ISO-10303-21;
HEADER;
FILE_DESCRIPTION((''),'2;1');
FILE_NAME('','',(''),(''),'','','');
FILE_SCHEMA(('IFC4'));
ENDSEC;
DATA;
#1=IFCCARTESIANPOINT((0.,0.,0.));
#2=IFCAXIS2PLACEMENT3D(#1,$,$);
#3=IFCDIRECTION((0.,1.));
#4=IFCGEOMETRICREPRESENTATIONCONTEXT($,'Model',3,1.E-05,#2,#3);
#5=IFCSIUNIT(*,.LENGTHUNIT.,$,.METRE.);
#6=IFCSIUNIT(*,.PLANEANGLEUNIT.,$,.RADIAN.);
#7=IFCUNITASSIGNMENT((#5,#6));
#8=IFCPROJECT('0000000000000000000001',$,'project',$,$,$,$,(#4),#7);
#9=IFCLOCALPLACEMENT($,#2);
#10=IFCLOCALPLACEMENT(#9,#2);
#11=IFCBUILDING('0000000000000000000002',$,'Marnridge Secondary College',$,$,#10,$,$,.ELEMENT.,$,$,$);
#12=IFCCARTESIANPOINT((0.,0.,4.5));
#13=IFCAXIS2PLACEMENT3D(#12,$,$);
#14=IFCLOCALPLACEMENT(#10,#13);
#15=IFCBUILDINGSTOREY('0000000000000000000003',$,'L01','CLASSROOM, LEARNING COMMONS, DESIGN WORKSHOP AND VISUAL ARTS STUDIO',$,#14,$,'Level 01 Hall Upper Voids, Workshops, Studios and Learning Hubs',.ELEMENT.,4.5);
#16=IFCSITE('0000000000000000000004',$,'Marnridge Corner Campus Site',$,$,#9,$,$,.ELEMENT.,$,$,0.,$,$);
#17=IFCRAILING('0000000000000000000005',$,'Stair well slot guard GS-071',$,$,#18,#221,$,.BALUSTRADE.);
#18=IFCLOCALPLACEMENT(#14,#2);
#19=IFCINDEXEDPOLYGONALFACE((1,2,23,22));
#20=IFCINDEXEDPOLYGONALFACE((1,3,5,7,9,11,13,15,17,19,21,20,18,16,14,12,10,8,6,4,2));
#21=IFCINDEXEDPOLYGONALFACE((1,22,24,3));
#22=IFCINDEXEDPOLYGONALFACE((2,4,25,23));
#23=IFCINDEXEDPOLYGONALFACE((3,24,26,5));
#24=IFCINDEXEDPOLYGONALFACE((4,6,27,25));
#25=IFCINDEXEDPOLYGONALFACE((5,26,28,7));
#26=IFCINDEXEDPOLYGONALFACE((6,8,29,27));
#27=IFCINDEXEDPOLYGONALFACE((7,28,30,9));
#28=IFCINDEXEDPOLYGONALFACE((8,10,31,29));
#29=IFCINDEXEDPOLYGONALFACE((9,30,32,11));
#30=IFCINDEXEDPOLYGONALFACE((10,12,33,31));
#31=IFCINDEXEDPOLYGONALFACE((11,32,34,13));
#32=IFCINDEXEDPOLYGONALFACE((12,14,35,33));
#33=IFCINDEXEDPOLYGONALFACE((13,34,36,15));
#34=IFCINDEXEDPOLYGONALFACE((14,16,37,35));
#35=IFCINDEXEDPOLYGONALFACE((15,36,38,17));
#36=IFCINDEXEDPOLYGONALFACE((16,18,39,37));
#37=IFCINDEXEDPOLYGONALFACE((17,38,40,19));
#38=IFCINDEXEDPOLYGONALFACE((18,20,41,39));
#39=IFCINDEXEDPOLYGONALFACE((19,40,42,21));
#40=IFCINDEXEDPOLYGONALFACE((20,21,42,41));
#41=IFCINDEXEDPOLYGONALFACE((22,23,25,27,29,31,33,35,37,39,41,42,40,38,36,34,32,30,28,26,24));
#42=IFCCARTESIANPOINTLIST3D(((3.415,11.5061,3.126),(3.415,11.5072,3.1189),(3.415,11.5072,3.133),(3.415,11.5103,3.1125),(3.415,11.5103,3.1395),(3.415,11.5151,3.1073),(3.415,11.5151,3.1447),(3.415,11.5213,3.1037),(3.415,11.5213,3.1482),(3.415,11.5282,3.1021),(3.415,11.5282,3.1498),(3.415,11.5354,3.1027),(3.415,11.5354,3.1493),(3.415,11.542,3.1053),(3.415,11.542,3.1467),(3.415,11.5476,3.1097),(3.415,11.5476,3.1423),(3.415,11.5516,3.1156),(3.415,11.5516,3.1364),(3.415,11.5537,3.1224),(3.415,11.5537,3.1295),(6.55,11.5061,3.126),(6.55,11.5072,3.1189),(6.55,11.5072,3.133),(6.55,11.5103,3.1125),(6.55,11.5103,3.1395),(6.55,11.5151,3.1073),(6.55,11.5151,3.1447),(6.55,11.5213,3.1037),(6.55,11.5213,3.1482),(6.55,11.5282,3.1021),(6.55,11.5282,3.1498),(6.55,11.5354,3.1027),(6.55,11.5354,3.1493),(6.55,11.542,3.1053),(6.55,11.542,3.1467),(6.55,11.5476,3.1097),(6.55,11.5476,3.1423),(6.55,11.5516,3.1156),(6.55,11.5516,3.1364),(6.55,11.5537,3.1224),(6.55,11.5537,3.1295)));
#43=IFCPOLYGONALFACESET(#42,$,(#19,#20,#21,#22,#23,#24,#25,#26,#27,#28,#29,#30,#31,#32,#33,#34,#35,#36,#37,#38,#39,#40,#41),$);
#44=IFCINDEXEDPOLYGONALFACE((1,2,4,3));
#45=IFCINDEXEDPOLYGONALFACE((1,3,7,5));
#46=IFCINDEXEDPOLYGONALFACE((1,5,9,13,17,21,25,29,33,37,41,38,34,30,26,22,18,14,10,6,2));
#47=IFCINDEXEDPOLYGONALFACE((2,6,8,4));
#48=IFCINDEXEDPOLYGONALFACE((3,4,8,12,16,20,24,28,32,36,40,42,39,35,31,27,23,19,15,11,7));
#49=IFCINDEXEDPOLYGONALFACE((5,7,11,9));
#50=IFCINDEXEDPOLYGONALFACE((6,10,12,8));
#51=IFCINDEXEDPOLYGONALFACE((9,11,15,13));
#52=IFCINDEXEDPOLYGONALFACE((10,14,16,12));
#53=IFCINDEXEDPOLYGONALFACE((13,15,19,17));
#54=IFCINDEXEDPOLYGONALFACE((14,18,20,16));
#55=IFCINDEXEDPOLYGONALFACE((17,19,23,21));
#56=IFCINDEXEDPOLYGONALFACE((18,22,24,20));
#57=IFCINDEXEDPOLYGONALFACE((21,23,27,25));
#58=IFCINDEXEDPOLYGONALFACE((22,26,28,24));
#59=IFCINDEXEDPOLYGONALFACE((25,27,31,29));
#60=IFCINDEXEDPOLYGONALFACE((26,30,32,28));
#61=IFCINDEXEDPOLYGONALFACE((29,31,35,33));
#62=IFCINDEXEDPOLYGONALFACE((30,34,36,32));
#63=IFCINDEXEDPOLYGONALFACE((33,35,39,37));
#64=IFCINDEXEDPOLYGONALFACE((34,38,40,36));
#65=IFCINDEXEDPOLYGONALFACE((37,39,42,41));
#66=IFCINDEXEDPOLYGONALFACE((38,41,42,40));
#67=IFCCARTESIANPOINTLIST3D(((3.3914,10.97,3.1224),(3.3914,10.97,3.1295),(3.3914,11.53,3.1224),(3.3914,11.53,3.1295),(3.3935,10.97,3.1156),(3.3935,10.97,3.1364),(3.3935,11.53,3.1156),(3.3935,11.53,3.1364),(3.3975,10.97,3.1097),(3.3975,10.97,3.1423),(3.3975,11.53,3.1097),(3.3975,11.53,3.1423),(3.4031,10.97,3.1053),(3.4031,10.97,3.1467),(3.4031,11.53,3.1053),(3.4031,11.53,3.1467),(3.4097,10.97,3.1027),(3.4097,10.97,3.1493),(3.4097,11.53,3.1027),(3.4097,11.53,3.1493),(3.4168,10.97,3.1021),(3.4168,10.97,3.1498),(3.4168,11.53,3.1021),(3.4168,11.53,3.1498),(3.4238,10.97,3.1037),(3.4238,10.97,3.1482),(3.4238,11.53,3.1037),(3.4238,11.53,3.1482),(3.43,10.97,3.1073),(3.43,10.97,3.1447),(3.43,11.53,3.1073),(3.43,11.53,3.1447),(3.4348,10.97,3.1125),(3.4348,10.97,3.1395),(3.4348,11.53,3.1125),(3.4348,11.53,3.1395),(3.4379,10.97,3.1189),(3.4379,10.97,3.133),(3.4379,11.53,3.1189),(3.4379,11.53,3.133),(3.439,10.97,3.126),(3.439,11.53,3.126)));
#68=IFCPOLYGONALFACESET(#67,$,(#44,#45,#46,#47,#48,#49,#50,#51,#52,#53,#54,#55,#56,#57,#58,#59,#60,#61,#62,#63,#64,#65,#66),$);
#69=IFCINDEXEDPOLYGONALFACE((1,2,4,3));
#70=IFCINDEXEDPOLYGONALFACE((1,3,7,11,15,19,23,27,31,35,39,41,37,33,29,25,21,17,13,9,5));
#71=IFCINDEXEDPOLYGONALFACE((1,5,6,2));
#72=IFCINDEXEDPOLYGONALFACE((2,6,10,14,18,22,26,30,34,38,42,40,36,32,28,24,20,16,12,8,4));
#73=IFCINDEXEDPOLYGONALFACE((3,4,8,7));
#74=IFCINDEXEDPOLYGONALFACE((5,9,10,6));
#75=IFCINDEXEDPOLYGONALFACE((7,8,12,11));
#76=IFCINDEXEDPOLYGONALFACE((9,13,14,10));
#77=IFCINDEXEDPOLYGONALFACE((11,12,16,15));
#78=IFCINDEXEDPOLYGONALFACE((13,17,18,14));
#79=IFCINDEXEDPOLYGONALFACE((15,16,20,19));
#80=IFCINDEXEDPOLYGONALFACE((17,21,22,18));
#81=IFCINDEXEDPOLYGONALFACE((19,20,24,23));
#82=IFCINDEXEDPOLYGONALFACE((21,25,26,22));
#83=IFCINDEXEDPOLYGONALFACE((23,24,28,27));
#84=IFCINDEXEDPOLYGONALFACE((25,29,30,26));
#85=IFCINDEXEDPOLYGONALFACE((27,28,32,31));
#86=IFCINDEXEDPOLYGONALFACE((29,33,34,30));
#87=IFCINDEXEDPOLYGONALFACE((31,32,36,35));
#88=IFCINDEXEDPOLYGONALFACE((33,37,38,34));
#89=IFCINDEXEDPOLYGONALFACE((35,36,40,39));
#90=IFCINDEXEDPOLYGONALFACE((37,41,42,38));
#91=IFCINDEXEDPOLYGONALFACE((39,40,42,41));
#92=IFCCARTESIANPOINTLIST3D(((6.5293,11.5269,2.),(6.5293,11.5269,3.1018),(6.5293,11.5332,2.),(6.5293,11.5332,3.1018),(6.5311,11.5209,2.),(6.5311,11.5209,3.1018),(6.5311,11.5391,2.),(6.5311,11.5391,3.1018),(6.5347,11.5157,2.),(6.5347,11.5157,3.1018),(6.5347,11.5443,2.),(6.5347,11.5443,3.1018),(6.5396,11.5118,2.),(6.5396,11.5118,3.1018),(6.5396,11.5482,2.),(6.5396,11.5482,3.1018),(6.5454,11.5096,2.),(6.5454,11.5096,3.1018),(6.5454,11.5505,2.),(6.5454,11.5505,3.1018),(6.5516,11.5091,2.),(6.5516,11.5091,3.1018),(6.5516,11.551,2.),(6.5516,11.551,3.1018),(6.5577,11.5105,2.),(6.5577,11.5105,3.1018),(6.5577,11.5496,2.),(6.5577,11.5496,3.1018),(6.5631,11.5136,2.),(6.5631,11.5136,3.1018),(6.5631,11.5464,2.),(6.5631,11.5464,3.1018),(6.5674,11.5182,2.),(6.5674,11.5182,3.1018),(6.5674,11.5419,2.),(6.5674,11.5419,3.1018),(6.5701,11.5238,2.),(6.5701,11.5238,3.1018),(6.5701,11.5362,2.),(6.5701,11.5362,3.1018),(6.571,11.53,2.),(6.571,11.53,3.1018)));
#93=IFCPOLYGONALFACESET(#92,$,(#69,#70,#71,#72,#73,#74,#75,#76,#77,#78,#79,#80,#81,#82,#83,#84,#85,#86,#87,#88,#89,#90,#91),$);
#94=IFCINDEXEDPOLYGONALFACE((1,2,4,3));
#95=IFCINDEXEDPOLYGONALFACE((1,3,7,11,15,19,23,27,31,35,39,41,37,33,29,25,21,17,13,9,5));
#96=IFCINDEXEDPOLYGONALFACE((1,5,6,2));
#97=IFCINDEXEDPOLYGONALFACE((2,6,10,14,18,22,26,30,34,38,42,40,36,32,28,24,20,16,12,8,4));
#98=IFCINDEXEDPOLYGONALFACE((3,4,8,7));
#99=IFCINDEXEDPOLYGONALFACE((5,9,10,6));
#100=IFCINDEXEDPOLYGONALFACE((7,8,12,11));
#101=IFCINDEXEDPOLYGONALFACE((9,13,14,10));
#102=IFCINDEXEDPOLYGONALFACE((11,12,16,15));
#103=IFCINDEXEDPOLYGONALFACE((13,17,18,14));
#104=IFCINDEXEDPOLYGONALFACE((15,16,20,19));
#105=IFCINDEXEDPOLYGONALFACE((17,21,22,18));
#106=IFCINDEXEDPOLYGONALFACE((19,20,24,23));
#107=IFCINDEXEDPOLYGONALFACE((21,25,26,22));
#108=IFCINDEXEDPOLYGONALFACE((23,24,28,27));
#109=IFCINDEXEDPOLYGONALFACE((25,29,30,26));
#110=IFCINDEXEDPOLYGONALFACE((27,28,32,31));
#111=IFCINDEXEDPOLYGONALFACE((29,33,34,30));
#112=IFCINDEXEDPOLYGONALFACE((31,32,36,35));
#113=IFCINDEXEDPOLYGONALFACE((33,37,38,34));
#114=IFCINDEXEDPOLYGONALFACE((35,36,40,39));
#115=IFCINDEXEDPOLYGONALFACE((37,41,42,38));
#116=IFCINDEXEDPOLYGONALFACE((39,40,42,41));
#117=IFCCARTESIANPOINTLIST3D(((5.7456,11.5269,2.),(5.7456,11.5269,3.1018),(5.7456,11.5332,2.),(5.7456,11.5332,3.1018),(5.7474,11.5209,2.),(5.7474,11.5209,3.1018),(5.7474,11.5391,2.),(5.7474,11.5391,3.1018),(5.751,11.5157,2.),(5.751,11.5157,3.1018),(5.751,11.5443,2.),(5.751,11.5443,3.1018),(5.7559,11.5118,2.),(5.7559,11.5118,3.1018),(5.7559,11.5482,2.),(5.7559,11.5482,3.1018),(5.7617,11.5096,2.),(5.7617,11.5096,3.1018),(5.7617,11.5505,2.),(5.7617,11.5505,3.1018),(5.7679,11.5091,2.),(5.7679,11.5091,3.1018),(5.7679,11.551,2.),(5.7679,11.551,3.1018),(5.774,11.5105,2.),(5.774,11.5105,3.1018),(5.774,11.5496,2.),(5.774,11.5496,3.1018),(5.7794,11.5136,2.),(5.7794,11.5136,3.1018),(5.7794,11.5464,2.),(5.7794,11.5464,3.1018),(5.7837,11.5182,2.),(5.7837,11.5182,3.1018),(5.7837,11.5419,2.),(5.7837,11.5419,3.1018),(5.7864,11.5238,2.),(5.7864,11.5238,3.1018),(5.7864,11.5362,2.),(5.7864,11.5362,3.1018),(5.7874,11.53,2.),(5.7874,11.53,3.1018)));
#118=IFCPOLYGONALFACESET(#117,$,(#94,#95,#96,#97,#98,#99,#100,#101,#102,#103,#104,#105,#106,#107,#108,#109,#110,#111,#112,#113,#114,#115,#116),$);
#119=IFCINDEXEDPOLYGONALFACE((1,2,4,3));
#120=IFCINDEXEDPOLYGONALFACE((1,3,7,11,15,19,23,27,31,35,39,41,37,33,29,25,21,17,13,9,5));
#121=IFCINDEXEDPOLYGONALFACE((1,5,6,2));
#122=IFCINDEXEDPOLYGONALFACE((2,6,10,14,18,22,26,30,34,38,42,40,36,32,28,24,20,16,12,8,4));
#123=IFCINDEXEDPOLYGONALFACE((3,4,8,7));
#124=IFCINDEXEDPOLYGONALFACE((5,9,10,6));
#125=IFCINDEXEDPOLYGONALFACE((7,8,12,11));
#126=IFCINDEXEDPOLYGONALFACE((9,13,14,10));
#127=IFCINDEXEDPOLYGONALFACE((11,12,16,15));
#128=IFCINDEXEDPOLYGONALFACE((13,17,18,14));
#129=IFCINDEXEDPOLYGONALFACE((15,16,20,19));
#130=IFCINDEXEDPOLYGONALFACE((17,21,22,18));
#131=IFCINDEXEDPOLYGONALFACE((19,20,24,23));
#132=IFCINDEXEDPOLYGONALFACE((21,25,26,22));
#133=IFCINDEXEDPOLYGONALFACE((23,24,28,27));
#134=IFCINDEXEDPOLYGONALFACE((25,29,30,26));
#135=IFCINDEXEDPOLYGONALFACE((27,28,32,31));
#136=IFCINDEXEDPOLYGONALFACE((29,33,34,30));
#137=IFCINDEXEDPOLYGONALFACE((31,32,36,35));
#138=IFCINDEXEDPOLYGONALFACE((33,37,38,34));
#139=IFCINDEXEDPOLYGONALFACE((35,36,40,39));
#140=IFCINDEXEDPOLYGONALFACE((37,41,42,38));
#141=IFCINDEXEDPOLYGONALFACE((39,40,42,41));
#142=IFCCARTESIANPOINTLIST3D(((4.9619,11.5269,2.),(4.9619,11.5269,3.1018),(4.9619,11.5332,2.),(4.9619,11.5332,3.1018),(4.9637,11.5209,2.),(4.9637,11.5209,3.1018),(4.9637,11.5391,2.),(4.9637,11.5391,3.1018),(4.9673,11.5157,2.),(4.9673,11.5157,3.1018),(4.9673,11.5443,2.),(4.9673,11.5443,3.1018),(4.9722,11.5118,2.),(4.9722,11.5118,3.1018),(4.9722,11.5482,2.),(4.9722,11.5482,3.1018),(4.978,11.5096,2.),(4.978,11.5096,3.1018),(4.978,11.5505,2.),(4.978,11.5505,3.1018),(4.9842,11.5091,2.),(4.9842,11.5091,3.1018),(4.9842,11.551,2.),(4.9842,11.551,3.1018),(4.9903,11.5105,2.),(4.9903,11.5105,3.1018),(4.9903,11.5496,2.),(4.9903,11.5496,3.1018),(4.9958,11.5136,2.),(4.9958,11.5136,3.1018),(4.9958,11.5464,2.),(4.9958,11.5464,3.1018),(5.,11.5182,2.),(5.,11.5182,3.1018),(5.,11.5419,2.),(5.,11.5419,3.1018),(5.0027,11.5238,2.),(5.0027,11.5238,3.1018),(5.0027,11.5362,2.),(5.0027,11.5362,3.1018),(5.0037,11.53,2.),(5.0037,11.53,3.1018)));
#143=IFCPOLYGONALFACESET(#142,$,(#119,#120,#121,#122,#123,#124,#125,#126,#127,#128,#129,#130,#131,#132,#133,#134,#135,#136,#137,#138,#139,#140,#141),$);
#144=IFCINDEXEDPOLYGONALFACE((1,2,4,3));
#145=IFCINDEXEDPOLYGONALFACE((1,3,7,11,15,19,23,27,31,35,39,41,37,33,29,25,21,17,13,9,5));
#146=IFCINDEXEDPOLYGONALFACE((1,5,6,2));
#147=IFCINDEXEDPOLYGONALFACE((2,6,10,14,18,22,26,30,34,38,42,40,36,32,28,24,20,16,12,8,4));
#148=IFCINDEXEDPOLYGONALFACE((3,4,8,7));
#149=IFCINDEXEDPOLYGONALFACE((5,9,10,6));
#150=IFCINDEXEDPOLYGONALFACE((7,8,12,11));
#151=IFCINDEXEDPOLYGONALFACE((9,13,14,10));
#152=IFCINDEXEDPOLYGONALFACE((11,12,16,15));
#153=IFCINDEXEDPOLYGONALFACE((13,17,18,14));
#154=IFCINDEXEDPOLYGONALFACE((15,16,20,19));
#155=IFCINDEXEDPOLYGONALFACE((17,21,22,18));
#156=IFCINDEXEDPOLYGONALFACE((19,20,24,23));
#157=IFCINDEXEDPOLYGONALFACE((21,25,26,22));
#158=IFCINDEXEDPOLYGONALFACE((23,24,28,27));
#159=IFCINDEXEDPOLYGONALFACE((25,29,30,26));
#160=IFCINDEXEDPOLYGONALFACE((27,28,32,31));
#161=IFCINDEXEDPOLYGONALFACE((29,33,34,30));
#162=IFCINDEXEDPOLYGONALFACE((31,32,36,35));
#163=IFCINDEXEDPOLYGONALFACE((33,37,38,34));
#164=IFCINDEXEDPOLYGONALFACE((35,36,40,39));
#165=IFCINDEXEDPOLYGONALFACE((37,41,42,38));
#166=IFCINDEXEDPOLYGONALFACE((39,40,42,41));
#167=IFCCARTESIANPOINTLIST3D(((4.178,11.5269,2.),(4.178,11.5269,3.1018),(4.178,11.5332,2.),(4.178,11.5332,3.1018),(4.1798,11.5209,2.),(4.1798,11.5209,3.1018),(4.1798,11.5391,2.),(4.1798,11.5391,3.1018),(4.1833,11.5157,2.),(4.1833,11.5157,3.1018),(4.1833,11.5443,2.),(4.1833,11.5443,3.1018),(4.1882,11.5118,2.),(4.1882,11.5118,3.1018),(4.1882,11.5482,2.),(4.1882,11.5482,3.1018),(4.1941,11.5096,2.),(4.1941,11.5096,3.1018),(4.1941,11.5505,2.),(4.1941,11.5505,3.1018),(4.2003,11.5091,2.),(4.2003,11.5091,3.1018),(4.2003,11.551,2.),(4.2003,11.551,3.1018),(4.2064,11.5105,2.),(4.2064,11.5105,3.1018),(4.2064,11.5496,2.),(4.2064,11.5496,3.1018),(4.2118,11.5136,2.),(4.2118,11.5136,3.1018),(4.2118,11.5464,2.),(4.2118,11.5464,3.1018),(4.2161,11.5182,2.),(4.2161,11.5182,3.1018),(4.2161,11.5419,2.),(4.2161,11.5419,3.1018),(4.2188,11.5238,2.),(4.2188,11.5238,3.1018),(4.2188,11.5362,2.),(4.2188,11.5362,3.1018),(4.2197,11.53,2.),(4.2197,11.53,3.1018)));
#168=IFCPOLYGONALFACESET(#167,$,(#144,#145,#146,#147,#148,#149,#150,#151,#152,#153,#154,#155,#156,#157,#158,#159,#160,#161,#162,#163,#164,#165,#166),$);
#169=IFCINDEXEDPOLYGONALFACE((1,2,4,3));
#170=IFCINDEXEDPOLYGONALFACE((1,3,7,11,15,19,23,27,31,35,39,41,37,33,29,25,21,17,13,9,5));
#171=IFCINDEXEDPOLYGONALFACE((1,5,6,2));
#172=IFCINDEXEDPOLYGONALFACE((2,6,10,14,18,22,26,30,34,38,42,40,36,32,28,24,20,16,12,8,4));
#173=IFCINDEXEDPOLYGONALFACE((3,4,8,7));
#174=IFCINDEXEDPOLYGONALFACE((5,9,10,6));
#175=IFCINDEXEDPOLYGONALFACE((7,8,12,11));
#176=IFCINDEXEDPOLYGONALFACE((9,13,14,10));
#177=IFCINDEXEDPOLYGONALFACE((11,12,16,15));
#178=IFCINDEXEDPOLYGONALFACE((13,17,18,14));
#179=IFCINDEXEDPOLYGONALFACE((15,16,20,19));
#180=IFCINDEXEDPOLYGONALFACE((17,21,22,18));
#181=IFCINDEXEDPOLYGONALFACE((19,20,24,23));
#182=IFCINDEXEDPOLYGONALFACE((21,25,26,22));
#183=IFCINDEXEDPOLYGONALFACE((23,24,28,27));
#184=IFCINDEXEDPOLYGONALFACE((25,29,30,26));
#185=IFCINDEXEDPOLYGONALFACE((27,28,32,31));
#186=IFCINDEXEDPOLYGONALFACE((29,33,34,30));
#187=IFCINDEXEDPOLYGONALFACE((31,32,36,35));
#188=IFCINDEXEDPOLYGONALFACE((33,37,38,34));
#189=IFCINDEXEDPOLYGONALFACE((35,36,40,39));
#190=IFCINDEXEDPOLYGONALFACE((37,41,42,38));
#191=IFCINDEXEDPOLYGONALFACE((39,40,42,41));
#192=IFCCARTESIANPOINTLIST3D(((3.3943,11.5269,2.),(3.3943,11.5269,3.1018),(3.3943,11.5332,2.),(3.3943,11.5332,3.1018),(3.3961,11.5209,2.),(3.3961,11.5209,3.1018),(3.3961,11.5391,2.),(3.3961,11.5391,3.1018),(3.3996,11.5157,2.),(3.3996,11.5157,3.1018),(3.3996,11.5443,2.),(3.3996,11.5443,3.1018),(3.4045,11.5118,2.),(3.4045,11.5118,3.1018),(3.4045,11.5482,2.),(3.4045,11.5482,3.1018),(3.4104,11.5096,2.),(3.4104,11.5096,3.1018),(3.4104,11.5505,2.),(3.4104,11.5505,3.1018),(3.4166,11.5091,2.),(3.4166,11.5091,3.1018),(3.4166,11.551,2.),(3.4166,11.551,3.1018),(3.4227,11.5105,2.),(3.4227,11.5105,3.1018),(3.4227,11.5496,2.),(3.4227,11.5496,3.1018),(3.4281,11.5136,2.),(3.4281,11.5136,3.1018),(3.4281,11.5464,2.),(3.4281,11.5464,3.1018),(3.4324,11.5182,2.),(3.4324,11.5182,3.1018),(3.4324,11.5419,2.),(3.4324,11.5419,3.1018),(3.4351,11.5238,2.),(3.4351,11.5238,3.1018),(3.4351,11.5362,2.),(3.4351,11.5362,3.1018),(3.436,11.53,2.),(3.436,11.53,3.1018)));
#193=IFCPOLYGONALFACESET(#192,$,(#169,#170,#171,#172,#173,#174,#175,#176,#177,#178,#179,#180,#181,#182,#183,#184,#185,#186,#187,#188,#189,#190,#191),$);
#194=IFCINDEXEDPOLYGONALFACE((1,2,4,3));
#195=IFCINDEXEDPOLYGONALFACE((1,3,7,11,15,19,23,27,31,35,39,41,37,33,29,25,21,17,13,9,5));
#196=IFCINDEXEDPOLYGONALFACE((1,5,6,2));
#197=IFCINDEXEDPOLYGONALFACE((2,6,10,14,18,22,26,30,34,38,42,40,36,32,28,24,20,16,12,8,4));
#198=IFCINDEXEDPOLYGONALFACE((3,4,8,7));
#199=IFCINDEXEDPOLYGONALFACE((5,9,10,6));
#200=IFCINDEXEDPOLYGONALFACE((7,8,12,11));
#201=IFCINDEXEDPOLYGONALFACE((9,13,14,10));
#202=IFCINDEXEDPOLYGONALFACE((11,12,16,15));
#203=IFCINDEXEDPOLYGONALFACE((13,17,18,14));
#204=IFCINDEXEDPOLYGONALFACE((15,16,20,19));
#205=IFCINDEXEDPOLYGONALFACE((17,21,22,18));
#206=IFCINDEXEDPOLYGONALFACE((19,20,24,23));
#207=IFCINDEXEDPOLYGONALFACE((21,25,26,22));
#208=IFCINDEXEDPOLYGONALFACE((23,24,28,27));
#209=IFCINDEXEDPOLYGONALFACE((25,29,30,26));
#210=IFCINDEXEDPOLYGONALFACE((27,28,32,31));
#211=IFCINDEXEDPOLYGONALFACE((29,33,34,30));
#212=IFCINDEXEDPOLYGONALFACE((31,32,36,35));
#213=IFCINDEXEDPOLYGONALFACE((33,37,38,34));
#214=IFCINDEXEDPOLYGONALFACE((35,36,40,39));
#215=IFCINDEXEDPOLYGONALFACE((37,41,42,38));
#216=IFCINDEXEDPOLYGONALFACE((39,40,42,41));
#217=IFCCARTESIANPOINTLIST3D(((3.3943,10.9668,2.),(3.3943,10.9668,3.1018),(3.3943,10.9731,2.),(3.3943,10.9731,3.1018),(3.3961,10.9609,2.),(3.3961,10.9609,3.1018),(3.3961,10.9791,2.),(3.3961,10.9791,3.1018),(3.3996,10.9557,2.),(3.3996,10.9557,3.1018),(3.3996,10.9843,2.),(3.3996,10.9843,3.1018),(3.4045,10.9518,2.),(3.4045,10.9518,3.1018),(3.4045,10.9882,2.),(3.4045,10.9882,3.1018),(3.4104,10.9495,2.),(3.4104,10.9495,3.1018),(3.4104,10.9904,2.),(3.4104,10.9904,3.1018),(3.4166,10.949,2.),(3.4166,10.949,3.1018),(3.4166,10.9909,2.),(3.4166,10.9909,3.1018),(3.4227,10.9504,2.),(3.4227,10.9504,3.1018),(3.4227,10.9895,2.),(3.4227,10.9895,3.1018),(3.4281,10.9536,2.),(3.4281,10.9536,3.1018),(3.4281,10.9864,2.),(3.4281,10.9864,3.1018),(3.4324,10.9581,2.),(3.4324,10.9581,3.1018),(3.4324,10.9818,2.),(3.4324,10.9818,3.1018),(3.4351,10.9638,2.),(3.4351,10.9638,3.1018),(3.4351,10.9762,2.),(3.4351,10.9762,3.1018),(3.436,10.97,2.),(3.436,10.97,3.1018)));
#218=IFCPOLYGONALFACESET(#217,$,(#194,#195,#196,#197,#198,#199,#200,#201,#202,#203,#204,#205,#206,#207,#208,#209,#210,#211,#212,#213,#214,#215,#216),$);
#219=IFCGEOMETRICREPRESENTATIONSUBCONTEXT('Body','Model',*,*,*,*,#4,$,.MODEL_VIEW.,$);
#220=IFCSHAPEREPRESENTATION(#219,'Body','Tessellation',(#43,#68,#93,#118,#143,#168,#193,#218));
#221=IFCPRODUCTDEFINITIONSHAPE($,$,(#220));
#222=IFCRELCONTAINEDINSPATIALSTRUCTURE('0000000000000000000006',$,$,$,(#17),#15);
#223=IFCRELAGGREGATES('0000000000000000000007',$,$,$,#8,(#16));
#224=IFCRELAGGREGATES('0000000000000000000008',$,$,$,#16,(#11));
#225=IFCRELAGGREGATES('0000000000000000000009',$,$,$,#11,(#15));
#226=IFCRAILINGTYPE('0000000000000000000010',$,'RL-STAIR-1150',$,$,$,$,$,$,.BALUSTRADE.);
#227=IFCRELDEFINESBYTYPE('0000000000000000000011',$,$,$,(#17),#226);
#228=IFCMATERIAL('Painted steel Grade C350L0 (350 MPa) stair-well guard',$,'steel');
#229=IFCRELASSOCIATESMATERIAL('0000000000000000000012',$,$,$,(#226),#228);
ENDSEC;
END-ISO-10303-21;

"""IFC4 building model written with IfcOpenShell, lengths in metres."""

from ifc_helpers import new_model, si_unit, direction, frame, origin, origin_2d, place, context, subcontext, project, spatial, circle, extrude, material, type_object, element, save


model = new_model("IFC4")

# Units and contexts
model_context = context("Model", 3, precision=1e-05, world=origin(), true_north=direction((0.0, 1.0)))
body_context = subcontext(model_context, "Body", "Model", "MODEL_VIEW")
ifc_project = project(units=[si_unit("LENGTHUNIT", "METRE"), si_unit("PLANEANGLEUNIT", "RADIAN")], contexts=[model_context])

# Site, building, storey
site_placement = place(None, origin())
site = spatial("IfcSite", under=ifc_project, at=site_placement, Name="Marnridge Corner Campus Site", CompositionType="ELEMENT", RefElevation=0.0)
building_placement = place(site_placement, origin())
building = spatial("IfcBuilding", under=site, at=building_placement, Name="Marnridge Secondary College", CompositionType="ELEMENT")
storey_placement = place(building_placement, frame((0.0, 0.0, 4.5)))
storey = spatial("IfcBuildingStorey", under=building, at=storey_placement, Name="L01", Description="CLASSROOM, LEARNING COMMONS, DESIGN WORKSHOP AND VISUAL ARTS STUDIO", LongName="Level 01 Hall Upper Voids, Workshops, Studios and Learning Hubs", CompositionType="ELEMENT", Elevation=4.5)

# Railing
ifc_material_1 = material(Name="Painted steel Grade C350L0 (350 MPa) stair-well guard", Category="steel")
railing_type_1 = type_object("IfcRailingType", Name="RL-STAIR-1150", PredefinedType="BALUSTRADE", material=ifc_material_1)
railing_1_placement = place(storey_placement, frame((6.55, 11.53, 2.0)))
element("IfcRailing", 1, at=railing_1_placement, inside=storey, type_object=railing_type_1, Name="Stair well slot guard GS-071", PredefinedType="BALUSTRADE", context=body_context, shape_type="SweptSolid", body=[
    extrude(circle(Radius=0.0239, at=origin_2d()), frame((0.0, 0.0, 1.126), z_axis=(-1.0, 0.0, 0.0), x_axis=(0.0, -1.0, 0.0)), (0.0, 0.0, 1.0), 3.135),
    extrude(circle(Radius=0.0239, at=origin_2d()), frame((-3.135, 0.0, 1.126), z_axis=(0.0, -1.0, 0.0), x_axis=(1.0, 0.0, 0.0)), (0.0, 0.0, 1.0), 0.5601),
    extrude(circle(Radius=0.021, at=origin_2d()), origin(), (0.0, 0.0, 1.0), 1.1018),
    extrude(circle(Radius=0.021, at=origin_2d()), frame((-0.7837, 0.0, 0.0)), (0.0, 0.0, 1.0), 1.1018),
    extrude(circle(Radius=0.021, at=origin_2d()), frame((-1.5674, 0.0, 0.0)), (0.0, 0.0, 1.0), 1.1018),
    extrude(circle(Radius=0.021, at=origin_2d()), frame((-2.3513, 0.0, 0.0)), (0.0, 0.0, 1.0), 1.1018),
    extrude(circle(Radius=0.021, at=origin_2d()), frame((-3.135, 0.0, 0.0)), (0.0, 0.0, 1.0), 1.1018),
    extrude(circle(Radius=0.021, at=origin_2d()), frame((-3.135, -0.5601, 0.0)), (0.0, 0.0, 1.0), 1.1018),
])

save(model, "model.ifc")
